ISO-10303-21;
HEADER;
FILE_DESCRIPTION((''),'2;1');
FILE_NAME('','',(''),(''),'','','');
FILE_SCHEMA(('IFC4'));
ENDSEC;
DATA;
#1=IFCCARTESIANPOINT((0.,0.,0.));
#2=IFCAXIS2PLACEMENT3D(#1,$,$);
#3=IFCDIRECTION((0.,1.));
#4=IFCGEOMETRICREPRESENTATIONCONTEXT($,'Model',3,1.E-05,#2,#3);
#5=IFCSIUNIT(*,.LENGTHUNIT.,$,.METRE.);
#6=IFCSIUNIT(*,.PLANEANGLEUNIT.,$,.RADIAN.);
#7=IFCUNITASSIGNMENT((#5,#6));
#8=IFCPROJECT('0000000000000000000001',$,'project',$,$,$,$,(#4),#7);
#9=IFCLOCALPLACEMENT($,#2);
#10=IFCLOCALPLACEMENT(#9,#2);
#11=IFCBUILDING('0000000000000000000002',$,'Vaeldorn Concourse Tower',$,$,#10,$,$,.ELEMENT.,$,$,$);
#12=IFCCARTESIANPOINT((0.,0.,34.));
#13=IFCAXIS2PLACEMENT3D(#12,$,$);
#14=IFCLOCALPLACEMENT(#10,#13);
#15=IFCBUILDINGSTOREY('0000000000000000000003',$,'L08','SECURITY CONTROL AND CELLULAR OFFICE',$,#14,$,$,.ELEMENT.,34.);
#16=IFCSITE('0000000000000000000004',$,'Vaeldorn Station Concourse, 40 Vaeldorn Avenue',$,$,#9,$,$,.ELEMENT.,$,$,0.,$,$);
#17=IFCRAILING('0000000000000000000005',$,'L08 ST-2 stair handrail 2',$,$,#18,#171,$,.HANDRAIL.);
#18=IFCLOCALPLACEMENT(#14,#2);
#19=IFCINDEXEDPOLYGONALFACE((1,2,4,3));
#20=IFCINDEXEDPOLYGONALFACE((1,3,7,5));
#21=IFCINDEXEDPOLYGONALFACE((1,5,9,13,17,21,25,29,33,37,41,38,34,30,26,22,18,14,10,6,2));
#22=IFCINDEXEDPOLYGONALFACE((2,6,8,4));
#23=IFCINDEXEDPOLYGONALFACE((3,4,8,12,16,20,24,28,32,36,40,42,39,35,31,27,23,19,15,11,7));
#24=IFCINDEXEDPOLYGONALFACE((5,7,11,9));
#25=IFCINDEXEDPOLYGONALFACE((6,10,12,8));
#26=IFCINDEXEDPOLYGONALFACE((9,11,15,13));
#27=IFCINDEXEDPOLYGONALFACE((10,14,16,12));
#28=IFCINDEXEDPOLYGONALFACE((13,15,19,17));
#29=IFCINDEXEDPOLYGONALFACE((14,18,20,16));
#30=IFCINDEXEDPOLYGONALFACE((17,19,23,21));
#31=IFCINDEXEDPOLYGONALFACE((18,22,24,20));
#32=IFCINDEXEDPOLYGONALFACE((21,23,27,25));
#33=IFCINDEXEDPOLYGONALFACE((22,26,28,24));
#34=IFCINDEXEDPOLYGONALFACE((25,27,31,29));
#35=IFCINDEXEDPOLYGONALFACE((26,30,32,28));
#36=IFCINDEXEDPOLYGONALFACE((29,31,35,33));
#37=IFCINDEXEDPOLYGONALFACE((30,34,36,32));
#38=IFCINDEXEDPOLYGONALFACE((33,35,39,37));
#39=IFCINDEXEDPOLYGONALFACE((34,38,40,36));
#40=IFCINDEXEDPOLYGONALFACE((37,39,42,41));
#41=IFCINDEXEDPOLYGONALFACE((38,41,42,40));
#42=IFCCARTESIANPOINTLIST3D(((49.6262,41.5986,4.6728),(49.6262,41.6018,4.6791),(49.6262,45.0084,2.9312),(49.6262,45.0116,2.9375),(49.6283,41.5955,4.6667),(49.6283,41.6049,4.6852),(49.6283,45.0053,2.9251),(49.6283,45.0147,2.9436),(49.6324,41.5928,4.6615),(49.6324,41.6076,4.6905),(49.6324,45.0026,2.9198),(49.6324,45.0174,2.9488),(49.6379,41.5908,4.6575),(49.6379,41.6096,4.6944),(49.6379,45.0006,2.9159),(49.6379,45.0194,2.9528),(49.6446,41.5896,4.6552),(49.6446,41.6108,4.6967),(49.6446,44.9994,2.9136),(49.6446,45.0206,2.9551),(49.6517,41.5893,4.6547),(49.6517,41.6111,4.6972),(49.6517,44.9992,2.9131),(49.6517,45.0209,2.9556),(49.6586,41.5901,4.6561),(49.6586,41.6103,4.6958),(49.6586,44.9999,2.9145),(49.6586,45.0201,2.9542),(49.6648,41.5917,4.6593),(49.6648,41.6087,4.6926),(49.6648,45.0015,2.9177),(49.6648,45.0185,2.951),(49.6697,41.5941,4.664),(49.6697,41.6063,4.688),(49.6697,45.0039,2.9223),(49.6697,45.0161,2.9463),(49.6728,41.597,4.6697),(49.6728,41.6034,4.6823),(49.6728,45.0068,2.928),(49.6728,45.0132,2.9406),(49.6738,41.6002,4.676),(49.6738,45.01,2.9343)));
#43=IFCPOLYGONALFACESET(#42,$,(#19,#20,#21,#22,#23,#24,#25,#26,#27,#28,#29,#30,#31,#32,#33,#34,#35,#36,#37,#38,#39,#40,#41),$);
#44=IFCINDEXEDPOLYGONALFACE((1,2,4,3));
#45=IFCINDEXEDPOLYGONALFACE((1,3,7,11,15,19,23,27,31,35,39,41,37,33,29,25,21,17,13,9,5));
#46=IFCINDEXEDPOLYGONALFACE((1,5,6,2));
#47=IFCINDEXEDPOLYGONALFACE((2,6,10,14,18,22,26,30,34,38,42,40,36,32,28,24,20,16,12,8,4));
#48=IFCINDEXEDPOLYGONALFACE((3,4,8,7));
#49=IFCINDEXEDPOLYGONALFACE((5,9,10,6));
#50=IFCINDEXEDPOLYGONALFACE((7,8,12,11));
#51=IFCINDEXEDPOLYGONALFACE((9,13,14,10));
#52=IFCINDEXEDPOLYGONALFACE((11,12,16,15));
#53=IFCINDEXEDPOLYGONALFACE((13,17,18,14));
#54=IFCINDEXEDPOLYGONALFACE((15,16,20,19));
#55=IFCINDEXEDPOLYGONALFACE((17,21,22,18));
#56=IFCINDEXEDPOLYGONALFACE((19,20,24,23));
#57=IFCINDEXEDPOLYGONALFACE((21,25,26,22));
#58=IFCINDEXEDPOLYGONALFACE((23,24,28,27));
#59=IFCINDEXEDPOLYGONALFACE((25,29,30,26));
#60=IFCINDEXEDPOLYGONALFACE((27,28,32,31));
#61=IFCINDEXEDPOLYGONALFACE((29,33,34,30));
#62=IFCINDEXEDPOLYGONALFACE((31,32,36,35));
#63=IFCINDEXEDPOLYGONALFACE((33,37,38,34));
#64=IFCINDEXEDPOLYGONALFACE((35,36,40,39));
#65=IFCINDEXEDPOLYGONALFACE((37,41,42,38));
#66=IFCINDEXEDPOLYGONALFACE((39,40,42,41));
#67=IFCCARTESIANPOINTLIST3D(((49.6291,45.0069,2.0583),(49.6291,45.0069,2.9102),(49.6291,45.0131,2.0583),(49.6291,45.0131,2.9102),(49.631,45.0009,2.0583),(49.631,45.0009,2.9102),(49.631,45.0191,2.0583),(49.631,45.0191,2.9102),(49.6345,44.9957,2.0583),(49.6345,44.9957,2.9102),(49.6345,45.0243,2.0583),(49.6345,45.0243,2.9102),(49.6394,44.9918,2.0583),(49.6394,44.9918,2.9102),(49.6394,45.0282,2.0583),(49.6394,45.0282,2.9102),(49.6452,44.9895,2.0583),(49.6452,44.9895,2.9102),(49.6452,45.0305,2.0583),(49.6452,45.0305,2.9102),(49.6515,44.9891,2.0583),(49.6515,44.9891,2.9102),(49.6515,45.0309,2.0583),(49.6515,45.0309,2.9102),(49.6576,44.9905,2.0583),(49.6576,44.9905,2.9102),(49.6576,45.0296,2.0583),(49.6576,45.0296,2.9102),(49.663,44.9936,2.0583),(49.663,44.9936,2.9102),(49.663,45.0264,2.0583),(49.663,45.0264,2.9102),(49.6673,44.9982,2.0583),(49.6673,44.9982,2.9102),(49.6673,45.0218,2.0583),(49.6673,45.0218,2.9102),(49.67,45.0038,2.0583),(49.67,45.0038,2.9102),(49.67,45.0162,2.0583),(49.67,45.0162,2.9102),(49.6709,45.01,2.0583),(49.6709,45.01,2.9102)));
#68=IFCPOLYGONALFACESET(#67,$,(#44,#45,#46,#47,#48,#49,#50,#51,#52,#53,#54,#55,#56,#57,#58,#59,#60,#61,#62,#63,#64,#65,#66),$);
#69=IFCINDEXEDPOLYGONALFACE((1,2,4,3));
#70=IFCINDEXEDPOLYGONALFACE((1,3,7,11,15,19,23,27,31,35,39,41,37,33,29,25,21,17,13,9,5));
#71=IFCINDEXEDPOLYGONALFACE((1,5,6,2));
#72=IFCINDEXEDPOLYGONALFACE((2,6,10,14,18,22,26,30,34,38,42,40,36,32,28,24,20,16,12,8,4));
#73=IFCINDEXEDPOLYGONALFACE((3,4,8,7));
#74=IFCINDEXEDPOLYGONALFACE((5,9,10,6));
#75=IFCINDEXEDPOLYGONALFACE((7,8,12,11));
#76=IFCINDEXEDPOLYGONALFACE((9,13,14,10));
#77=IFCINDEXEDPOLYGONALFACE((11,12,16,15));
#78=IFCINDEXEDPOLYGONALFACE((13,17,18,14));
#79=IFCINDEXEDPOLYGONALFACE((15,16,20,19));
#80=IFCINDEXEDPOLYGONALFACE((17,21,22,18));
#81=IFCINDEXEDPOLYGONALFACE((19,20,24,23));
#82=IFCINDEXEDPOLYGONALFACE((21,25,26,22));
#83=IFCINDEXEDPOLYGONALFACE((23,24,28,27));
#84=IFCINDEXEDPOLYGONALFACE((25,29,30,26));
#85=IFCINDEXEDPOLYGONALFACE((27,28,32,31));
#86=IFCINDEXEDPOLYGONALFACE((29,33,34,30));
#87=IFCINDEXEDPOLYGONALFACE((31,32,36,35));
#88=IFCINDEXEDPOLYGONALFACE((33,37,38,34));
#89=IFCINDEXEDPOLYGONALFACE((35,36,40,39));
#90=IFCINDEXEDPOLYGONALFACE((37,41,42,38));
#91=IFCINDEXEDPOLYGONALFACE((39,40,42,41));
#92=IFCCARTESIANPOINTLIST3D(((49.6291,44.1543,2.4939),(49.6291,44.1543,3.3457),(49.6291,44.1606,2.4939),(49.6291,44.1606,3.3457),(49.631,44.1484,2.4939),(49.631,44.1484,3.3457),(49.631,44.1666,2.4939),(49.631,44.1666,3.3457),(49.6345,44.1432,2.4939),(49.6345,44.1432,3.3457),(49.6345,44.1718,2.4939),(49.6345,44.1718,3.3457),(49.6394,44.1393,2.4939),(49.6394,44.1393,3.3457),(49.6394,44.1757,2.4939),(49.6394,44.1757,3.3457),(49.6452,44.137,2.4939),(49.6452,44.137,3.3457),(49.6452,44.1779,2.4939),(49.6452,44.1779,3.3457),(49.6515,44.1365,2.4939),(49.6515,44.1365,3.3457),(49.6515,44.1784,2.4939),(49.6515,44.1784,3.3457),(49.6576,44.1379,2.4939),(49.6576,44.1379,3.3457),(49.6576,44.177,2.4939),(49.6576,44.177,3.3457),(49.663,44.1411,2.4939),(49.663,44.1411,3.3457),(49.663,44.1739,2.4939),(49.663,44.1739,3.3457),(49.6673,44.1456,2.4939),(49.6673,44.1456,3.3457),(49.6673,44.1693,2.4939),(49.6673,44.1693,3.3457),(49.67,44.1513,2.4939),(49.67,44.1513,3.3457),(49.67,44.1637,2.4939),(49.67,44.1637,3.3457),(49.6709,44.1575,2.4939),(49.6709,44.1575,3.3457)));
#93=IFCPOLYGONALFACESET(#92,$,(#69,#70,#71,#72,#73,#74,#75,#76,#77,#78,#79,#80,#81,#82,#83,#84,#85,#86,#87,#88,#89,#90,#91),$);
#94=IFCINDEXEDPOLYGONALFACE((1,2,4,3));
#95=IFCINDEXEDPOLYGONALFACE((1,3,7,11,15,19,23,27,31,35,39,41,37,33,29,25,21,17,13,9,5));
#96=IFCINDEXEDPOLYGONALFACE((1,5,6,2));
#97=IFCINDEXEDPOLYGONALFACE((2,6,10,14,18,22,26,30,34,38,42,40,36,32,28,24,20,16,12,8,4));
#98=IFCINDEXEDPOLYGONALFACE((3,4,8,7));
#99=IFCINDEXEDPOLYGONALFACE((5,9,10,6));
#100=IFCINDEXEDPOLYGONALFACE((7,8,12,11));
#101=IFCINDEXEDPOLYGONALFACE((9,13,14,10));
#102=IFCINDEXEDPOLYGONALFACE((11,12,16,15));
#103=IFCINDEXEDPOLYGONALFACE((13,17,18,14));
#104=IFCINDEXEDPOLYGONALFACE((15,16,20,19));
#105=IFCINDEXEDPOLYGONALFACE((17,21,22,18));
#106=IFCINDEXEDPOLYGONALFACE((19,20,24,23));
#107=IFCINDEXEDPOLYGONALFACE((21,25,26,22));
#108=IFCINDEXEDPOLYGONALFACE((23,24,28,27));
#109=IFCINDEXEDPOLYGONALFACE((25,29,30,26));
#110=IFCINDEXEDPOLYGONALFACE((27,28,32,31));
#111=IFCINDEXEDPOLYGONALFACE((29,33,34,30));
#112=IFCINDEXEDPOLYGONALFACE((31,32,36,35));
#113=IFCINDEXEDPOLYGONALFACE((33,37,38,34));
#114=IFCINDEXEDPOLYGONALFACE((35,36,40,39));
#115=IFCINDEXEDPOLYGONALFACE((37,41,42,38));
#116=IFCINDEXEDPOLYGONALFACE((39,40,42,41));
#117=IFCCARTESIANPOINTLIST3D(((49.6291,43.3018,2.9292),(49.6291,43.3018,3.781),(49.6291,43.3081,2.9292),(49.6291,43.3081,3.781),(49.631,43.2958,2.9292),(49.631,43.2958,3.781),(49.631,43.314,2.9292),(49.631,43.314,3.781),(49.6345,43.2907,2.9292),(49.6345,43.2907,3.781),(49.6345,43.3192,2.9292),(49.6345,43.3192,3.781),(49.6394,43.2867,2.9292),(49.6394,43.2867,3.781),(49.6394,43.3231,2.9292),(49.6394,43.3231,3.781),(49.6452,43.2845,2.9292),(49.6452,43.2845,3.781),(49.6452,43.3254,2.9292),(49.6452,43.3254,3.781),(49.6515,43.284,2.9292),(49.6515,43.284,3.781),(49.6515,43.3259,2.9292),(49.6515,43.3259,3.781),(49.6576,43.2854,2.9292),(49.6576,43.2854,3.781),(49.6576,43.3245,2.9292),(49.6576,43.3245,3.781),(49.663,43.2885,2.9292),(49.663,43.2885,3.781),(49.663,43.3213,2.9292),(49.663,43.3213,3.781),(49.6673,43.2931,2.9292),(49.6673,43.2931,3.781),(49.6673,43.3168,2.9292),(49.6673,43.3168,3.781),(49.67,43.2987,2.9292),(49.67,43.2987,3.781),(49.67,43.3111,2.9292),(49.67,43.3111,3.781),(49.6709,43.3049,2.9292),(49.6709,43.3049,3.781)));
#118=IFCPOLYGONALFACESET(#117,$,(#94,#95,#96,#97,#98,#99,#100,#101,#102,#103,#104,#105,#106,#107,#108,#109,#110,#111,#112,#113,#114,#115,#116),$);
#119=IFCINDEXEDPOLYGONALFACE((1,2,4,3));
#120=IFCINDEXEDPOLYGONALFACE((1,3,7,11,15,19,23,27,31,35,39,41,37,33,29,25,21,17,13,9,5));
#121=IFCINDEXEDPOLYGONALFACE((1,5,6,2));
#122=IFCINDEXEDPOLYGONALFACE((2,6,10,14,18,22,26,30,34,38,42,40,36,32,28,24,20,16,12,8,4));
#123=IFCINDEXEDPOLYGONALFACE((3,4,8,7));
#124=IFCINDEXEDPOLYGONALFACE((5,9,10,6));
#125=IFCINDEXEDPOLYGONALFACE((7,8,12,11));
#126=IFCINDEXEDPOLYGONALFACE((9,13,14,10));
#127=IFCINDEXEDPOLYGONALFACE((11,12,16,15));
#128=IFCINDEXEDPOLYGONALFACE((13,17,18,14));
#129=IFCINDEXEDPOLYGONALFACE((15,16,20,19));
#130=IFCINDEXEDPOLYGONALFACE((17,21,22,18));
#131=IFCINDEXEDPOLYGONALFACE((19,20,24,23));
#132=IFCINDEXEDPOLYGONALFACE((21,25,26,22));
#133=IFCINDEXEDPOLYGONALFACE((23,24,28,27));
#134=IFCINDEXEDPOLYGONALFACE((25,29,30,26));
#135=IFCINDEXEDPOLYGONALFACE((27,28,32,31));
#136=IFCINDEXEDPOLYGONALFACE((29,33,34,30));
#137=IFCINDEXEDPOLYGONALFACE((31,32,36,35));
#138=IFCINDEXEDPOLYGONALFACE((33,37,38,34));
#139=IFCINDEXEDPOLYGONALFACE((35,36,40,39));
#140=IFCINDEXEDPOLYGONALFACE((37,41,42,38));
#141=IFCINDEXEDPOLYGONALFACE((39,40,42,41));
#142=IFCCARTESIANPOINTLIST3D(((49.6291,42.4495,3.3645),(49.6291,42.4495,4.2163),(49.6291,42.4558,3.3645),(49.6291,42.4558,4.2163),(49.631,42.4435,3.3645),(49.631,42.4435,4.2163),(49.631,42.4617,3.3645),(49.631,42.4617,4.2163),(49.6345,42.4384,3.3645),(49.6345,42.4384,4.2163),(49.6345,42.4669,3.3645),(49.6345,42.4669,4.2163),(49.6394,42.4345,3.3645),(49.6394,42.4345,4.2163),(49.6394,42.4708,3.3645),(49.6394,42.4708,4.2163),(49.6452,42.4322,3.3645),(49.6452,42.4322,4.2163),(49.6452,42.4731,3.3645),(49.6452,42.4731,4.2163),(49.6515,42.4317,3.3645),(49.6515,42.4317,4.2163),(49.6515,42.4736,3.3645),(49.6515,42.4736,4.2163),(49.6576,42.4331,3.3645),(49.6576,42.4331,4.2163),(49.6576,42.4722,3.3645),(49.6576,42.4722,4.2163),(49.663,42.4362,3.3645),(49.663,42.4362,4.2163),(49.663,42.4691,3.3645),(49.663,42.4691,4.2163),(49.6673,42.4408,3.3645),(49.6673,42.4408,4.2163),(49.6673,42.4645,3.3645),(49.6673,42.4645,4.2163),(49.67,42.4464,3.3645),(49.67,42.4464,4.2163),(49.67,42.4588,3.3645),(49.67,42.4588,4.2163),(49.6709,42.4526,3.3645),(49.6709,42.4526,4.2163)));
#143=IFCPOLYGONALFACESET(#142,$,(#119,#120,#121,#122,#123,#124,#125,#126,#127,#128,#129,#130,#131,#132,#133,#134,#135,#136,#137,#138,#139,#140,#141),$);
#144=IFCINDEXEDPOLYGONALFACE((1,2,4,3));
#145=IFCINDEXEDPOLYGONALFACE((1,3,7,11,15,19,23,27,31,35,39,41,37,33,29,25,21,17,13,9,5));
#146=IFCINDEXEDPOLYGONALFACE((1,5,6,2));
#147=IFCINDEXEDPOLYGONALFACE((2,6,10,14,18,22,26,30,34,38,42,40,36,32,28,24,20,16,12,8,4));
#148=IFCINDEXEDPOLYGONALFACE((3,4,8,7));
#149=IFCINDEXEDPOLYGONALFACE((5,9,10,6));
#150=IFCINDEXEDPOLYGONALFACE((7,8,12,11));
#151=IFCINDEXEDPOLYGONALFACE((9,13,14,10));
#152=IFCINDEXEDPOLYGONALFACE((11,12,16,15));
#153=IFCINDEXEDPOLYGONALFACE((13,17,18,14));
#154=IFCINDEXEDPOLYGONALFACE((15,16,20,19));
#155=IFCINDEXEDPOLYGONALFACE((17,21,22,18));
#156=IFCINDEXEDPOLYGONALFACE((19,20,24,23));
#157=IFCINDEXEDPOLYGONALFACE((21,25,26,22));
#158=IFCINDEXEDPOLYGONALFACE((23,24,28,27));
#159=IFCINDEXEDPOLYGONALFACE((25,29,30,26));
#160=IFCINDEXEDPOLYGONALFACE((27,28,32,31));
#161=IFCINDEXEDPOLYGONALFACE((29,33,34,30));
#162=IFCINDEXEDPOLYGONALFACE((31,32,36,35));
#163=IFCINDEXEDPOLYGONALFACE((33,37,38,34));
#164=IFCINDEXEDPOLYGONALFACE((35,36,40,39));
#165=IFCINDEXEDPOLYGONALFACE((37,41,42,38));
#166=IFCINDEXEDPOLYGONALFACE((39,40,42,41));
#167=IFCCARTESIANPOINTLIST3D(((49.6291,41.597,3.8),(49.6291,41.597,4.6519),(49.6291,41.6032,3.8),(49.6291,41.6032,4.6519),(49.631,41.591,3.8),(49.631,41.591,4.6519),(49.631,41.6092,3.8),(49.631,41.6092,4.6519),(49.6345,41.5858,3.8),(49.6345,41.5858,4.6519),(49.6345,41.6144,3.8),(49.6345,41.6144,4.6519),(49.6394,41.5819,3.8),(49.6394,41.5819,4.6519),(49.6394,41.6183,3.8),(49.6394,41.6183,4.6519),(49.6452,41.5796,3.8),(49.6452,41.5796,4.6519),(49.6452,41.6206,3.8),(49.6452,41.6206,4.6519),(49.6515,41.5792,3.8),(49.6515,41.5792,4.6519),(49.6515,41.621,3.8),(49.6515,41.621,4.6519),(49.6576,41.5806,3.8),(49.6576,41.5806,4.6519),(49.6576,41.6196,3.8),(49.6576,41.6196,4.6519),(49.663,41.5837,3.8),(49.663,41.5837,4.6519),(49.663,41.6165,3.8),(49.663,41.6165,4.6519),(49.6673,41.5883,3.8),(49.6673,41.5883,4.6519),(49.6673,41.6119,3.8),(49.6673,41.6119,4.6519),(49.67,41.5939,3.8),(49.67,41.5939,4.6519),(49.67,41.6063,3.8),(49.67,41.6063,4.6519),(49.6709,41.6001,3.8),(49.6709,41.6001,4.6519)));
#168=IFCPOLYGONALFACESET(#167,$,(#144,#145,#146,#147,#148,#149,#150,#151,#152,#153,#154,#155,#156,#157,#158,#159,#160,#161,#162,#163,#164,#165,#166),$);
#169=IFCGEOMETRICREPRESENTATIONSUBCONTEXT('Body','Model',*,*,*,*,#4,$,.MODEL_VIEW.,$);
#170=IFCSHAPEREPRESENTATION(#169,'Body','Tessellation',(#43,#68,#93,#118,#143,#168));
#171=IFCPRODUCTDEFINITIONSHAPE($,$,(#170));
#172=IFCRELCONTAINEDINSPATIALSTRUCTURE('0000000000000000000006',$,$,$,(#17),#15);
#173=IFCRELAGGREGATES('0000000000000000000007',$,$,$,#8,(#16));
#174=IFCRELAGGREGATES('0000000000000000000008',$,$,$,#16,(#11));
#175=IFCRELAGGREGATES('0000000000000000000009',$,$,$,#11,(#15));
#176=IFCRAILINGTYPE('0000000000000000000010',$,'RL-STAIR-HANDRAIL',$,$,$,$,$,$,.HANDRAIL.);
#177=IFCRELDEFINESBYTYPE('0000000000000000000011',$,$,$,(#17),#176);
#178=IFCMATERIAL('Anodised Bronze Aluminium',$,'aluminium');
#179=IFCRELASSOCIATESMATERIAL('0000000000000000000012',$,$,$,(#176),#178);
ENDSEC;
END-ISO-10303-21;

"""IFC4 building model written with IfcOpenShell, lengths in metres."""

from ifc_helpers import new_model, si_unit, direction, frame, origin, origin_2d, place, context, subcontext, project, spatial, circle, extrude, material, type_object, element, save


model = new_model("IFC4")

# Units and contexts
model_context = context("Model", 3, precision=1e-05, world=origin(), true_north=direction((0.0, 1.0)))
body_context = subcontext(model_context, "Body", "Model", "MODEL_VIEW")
ifc_project = project(units=[si_unit("LENGTHUNIT", "METRE"), si_unit("PLANEANGLEUNIT", "RADIAN")], contexts=[model_context])

# Site, building, storey
site_placement = place(None, origin())
site = spatial("IfcSite", under=ifc_project, at=site_placement, Name="Vaeldorn Station Concourse, 40 Vaeldorn Avenue", CompositionType="ELEMENT", RefElevation=0.0)
building_placement = place(site_placement, origin())
building = spatial("IfcBuilding", under=site, at=building_placement, Name="Vaeldorn Concourse Tower", CompositionType="ELEMENT")
storey_placement = place(building_placement, frame((0.0, 0.0, 34.0)))
storey = spatial("IfcBuildingStorey", under=building, at=storey_placement, Name="L08", Description="SECURITY CONTROL AND CELLULAR OFFICE", CompositionType="ELEMENT", Elevation=34.0)

# Shared definitions
ifc_material_1 = material(Name="Anodised Bronze Aluminium", Category="aluminium")

# Railing
railing_type_1 = type_object("IfcRailingType", Name="RL-STAIR-HANDRAIL", PredefinedType="HANDRAIL", material=ifc_material_1)
railing_1_placement = place(storey_placement, frame((49.6499, 45.01, 2.0583)))
element("IfcRailing", 1, at=railing_1_placement, inside=storey, type_object=railing_type_1, Name="L08 ST-2 stair handrail 2", PredefinedType="HANDRAIL", context=body_context, shape_type="SweptSolid", body=[
    extrude(circle(Radius=0.0239, at=origin_2d()), frame((0.0, 0.0, 0.876), z_axis=(0.0, -0.890556, 0.454874), x_axis=(1.0, 0.0, 0.0)), (0.0, 0.0, 1.0), 3.8289),
    extrude(circle(Radius=0.021, at=origin_2d()), origin(), (0.0, 0.0, 1.0), 0.8518),
    extrude(circle(Radius=0.021, at=origin_2d()), frame((0.0, -0.8525, 0.4355)), (0.0, 0.0, 1.0), 0.8518),
    extrude(circle(Radius=0.021, at=origin_2d()), frame((0.0, -1.7051, 0.8708)), (0.0, 0.0, 1.0), 0.8518),
    extrude(circle(Radius=0.021, at=origin_2d()), frame((0.0, -2.5574, 1.3062)), (0.0, 0.0, 1.0), 0.8518),
    extrude(circle(Radius=0.021, at=origin_2d()), frame((0.0, -3.4099, 1.7417)), (0.0, 0.0, 1.0), 0.8518),
])

save(model, "model.ifc")
